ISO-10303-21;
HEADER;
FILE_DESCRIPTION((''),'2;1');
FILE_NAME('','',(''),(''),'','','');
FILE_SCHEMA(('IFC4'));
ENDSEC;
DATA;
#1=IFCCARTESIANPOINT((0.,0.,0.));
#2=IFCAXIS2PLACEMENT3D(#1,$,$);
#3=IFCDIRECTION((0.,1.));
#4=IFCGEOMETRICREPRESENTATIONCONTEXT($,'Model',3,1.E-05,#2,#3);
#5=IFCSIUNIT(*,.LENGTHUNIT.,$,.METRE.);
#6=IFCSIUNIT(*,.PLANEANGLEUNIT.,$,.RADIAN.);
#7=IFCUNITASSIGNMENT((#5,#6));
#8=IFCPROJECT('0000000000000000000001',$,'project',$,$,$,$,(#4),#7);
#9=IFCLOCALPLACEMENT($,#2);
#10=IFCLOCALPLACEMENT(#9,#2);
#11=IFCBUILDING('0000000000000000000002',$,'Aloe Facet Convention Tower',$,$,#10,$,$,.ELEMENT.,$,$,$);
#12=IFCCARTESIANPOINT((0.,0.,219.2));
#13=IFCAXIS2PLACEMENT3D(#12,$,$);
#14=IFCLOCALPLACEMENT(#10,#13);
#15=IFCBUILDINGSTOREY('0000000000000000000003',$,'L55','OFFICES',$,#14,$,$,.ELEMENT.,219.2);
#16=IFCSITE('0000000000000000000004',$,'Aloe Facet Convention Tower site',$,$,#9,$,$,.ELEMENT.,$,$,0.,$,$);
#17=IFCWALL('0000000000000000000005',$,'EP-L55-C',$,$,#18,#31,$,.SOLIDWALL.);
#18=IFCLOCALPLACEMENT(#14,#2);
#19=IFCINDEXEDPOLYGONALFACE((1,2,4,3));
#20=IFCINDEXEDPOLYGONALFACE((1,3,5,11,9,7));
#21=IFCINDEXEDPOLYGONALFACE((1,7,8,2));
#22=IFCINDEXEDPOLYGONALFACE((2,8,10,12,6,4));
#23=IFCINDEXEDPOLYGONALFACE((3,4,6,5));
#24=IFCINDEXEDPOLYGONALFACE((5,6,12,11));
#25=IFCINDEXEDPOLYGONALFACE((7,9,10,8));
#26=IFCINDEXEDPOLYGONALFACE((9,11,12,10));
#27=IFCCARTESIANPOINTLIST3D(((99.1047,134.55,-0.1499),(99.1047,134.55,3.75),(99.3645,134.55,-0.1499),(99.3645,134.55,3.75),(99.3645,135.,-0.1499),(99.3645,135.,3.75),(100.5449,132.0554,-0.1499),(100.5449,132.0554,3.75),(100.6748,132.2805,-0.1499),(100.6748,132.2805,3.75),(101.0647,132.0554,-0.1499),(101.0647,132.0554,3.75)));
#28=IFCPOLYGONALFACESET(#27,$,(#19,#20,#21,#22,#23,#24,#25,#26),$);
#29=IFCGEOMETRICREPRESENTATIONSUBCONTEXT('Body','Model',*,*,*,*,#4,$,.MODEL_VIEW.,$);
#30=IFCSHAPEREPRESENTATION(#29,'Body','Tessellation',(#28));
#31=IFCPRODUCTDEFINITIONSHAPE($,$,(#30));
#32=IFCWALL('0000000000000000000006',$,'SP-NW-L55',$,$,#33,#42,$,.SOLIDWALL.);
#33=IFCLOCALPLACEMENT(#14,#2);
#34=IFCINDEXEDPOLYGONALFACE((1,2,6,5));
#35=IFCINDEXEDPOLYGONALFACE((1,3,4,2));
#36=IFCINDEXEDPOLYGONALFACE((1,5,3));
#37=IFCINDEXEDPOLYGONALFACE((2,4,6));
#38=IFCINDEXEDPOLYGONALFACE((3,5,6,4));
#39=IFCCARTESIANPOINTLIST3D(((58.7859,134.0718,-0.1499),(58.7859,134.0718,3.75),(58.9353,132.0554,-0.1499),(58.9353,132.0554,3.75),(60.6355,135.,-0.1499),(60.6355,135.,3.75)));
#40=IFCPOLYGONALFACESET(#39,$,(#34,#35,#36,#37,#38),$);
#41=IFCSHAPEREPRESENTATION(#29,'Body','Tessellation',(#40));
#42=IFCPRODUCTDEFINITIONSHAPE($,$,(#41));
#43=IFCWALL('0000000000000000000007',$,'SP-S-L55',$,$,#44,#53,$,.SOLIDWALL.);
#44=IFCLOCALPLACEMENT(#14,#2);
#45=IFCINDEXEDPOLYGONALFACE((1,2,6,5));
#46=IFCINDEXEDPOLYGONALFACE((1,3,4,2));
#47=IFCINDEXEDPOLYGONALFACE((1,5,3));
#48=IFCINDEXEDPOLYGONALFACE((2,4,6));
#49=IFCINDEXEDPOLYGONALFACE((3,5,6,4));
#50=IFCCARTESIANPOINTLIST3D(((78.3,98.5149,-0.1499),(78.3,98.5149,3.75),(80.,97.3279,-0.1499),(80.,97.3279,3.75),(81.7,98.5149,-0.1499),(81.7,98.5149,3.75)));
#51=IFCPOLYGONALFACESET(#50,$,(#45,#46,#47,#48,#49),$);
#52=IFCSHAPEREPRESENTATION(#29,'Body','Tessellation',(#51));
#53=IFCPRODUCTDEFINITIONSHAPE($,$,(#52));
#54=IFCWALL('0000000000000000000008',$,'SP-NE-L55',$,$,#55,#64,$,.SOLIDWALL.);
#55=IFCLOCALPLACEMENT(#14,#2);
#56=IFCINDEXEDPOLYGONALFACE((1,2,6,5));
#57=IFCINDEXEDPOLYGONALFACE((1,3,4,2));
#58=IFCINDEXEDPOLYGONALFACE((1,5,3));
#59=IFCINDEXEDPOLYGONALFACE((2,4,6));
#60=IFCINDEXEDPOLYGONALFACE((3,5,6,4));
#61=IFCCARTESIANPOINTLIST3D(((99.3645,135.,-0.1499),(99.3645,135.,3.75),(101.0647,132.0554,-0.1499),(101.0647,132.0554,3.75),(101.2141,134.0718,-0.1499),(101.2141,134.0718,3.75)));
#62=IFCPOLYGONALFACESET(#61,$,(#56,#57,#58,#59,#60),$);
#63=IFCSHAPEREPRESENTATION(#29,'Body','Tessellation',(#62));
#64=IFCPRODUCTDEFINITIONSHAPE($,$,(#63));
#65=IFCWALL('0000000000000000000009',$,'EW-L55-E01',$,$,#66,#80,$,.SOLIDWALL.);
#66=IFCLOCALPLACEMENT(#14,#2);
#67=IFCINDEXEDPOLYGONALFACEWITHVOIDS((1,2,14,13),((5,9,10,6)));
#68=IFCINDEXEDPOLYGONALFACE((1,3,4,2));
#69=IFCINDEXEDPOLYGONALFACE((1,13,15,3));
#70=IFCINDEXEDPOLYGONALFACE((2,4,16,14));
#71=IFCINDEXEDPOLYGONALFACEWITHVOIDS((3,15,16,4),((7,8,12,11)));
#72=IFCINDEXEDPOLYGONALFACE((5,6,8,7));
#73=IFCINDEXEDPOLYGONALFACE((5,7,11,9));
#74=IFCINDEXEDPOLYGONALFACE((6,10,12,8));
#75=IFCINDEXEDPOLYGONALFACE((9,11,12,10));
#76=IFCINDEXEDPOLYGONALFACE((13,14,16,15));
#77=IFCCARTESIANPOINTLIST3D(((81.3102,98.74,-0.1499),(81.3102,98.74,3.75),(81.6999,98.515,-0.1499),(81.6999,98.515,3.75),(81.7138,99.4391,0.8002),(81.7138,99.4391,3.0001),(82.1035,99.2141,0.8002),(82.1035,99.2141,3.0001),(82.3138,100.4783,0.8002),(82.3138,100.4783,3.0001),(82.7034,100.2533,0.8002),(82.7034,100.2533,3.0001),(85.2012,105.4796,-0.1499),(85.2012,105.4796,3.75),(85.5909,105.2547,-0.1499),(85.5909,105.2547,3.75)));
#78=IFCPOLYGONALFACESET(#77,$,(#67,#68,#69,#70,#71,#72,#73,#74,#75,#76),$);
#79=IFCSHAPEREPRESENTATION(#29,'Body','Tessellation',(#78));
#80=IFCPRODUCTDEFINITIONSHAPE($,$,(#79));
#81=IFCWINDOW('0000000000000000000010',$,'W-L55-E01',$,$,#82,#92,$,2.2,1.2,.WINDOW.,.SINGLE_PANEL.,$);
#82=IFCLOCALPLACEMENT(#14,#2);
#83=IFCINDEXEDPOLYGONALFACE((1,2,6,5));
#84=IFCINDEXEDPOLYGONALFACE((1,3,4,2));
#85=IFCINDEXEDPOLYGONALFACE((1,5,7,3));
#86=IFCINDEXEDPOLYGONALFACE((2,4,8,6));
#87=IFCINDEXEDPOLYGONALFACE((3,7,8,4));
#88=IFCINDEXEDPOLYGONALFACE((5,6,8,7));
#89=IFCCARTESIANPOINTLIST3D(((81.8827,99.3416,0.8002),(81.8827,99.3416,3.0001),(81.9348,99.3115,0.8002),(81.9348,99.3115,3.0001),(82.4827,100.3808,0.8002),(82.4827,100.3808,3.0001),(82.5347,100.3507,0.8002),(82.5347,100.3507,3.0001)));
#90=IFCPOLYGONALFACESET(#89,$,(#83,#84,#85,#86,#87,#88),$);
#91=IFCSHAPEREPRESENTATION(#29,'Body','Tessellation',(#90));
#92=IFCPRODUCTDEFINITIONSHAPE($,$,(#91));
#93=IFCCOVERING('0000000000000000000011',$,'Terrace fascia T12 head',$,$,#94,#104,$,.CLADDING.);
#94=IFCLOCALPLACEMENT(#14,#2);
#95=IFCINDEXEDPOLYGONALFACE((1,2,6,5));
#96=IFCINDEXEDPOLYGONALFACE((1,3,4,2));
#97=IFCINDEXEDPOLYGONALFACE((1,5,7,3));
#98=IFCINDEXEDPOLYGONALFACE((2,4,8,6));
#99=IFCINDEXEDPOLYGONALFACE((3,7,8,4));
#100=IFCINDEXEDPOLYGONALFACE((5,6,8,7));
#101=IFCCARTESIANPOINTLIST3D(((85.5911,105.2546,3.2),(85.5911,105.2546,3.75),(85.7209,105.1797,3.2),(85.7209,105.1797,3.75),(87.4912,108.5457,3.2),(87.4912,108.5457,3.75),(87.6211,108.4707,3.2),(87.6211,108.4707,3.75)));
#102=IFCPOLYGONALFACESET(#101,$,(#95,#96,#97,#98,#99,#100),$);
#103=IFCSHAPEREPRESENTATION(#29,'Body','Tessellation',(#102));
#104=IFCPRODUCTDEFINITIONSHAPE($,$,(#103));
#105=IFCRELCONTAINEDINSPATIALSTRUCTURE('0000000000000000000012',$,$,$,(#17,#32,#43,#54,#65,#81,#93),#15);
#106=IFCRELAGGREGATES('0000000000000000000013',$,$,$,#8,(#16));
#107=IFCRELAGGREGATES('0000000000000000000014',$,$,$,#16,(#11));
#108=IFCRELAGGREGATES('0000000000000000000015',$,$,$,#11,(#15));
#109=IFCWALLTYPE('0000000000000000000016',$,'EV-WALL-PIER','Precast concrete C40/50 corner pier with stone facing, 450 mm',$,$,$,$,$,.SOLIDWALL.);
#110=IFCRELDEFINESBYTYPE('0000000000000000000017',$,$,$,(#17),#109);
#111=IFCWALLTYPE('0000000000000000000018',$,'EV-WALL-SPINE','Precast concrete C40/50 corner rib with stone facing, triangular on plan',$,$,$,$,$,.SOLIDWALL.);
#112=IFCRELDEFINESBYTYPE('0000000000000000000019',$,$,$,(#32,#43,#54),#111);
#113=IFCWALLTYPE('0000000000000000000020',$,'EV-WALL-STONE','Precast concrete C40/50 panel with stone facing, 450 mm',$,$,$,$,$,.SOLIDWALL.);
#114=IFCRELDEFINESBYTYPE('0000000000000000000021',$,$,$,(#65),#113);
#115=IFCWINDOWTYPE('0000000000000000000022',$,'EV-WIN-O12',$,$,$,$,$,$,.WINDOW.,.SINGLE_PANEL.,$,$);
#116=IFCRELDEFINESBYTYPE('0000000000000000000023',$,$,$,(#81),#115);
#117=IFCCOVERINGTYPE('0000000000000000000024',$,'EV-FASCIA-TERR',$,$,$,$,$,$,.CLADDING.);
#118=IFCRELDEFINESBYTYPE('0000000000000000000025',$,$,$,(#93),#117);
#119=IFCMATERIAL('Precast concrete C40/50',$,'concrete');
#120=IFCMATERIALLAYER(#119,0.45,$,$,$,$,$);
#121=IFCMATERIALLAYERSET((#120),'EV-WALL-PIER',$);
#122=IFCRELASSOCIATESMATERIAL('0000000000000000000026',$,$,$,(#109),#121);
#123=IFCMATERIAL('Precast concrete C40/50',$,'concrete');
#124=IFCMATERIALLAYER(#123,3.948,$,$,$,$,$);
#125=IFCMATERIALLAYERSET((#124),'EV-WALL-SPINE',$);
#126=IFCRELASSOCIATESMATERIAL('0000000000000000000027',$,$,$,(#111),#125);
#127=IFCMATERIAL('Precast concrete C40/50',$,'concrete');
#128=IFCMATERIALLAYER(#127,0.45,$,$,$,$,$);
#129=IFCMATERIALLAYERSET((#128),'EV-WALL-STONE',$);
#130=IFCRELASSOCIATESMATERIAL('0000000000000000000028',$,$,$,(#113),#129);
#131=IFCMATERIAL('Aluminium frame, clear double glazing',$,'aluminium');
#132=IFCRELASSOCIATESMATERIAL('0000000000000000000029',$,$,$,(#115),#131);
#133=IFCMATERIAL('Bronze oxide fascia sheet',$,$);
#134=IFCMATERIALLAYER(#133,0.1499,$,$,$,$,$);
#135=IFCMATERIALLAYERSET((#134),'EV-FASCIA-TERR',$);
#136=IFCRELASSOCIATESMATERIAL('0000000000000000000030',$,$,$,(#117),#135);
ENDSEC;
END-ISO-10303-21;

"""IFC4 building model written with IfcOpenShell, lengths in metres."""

from ifc_helpers import new_model, si_unit, direction, frame, frame_2d, origin, place, context, subcontext, project, spatial, polyline, rectangle, outline, extrude, material, layer, layer_set, type_object, element, fill, save


model = new_model("IFC4")

# Units and contexts
model_context = context("Model", 3, precision=1e-05, world=origin(), true_north=direction((0.0, 1.0)))
body_context = subcontext(model_context, "Body", "Model", "MODEL_VIEW")
ifc_project = project(units=[si_unit("LENGTHUNIT", "METRE"), si_unit("PLANEANGLEUNIT", "RADIAN")], contexts=[model_context])

# Site, building, storey
site_placement = place(None, origin())
site = spatial("IfcSite", under=ifc_project, at=site_placement, Name="Aloe Facet Convention Tower site", CompositionType="ELEMENT", RefElevation=0.0)
building_placement = place(site_placement, origin())
building = spatial("IfcBuilding", under=site, at=building_placement, Name="Aloe Facet Convention Tower", CompositionType="ELEMENT")
storey_placement = place(building_placement, frame((0.0, 0.0, 219.2)))
storey = spatial("IfcBuildingStorey", under=building, at=storey_placement, Name="L55", Description="OFFICES", CompositionType="ELEMENT", Elevation=219.2)

# Walls
ifc_material_1 = material(Name="Precast concrete C40/50", Category="concrete")
ifc_layer_1 = layer(ifc_material_1, 0.45)
ifc_layer_set_1 = layer_set([ifc_layer_1], Name="EV-WALL-PIER")
wall_type_1 = type_object("IfcWallType", Name="EV-WALL-PIER", Description="Precast concrete C40/50 corner pier with stone facing, 450 mm", PredefinedType="SOLIDWALL", material=ifc_layer_set_1)
wall_1_placement = place(storey_placement, frame((0.0, 0.0, -0.1499)))
element("IfcWall", 1, at=wall_1_placement, inside=storey, type_object=wall_type_1, Name="EP-L55-C", PredefinedType="SOLIDWALL", context=body_context, shape_type="SweptSolid", body=[
    extrude(outline(polyline([(101.0647, 132.0554), (100.6748, 132.2805), (100.5449, 132.0554), (99.1047, 134.55), (99.3645, 134.55), (99.3645, 135.0), (101.0647, 132.0554)])), origin(), (0.0, 0.0, 1.0), 3.8999),
])
ifc_material_2 = material(Name="Precast concrete C40/50", Category="concrete")
ifc_layer_2 = layer(ifc_material_2, 3.948)
ifc_layer_set_2 = layer_set([ifc_layer_2], Name="EV-WALL-SPINE")
wall_type_2 = type_object("IfcWallType", Name="EV-WALL-SPINE", Description="Precast concrete C40/50 corner rib with stone facing, triangular on plan", PredefinedType="SOLIDWALL", material=ifc_layer_set_2)
wall_2_placement = place(storey_placement, frame((0.0, 0.0, -0.1499)))
element("IfcWall", 2, at=wall_2_placement, inside=storey, type_object=wall_type_2, Name="SP-NW-L55", PredefinedType="SOLIDWALL", context=body_context, shape_type="SweptSolid", body=[
    extrude(outline(polyline([(60.6355, 135.0), (58.7859, 134.0718), (58.9353, 132.0554), (60.6355, 135.0)])), origin(), (0.0, 0.0, 1.0), 3.8999),
])
wall_3_placement = place(storey_placement, frame((0.0, 0.0, -0.1499)))
element("IfcWall", 3, at=wall_3_placement, inside=storey, type_object=wall_type_2, Name="SP-S-L55", PredefinedType="SOLIDWALL", context=body_context, shape_type="SweptSolid", body=[
    extrude(outline(polyline([(78.3, 98.5149), (80.0, 97.3279), (81.7, 98.5149), (78.3, 98.5149)])), origin(), (0.0, 0.0, 1.0), 3.8999),
])
wall_4_placement = place(storey_placement, frame((0.0, 0.0, -0.1499)))
element("IfcWall", 4, at=wall_4_placement, inside=storey, type_object=wall_type_2, Name="SP-NE-L55", PredefinedType="SOLIDWALL", context=body_context, shape_type="SweptSolid", body=[
    extrude(outline(polyline([(101.0647, 132.0554), (101.2141, 134.0718), (99.3645, 135.0), (101.0647, 132.0554)])), origin(), (0.0, 0.0, 1.0), 3.8999),
])

# Wall, opening, window
ifc_material_3 = material(Name="Precast concrete C40/50", Category="concrete")
ifc_layer_3 = layer(ifc_material_3, 0.45)
ifc_layer_set_3 = layer_set([ifc_layer_3], Name="EV-WALL-STONE")
wall_type_3 = type_object("IfcWallType", Name="EV-WALL-STONE", Description="Precast concrete C40/50 panel with stone facing, 450 mm", PredefinedType="SOLIDWALL", material=ifc_layer_set_3)
wall_5_placement = place(storey_placement, frame((81.5051, 98.6274, -0.1499), z_axis=(0.0, 0.0, 1.0), x_axis=(0.499992, 0.86603, 0.0)))
wall_5 = element("IfcWall", 5, at=wall_5_placement, inside=storey, type_object=wall_type_3, Name="EW-L55-E01", PredefinedType="SOLIDWALL", context=body_context, shape_type="SweptSolid", body=[
    extrude(outline(polyline([(0.0, 0.0), (0.0, 3.8999), (7.7822, 3.8999), (7.7822, 0.0), (0.0, 0.0)])), frame((0.0, 0.2251, 0.0), z_axis=(0.0, -1.0, 0.0), x_axis=(1.0, 0.0, 0.0)), (0.0, 0.0, 1.0), 0.45),
])
opening_placement = place(wall_5_placement, frame((0.8071, 0.0, 0.95)))
opening = element("IfcOpeningElement", 6, at=opening_placement, cuts=wall_5, PredefinedType="OPENING", context=body_context, shape_type="SweptSolid", body=[
    extrude(rectangle(XDim=1.2, YDim=2.2, at=frame_2d((0.6001, 1.1001))), frame((0.0, 0.2349, 0.0), z_axis=(0.0, -1.0, 0.0), x_axis=(1.0, 0.0, 0.0)), (0.0, 0.0, 1.0), 0.47),
])
ifc_material_4 = material(Name="Aluminium frame, clear double glazing", Category="aluminium")
window_type = type_object("IfcWindowType", Name="EV-WIN-O12", PartitioningType="SINGLE_PANEL", PredefinedType="WINDOW", material=ifc_material_4)
window_placement = place(opening_placement, origin())
window = element("IfcWindow", 7, at=window_placement, inside=storey, type_object=window_type, Name="W-L55-E01", OverallHeight=2.2, OverallWidth=1.2, PartitioningType="SINGLE_PANEL", PredefinedType="WINDOW", context=body_context, shape_type="SweptSolid", body=[
    extrude(rectangle(XDim=1.2, YDim=2.2, at=frame_2d((0.6001, 1.1001))), frame((0.0, 0.03, 0.0), z_axis=(0.0, -1.0, 0.0), x_axis=(1.0, 0.0, 0.0)), (0.0, 0.0, 1.0), 0.0601),
])
fill(opening, window)

# Covering
ifc_material_5 = material(Name="Bronze oxide fascia sheet")
ifc_layer_4 = layer(ifc_material_5, 0.1499)
ifc_layer_set_4 = layer_set([ifc_layer_4], Name="EV-FASCIA-TERR")
covering_type = type_object("IfcCoveringType", Name="EV-FASCIA-TERR", PredefinedType="CLADDING", material=ifc_layer_set_4)
covering_placement = place(storey_placement, frame((0.0, 0.0, 3.2)))
element("IfcCovering", 8, at=covering_placement, inside=storey, type_object=covering_type, Name="Terrace fascia T12 head", PredefinedType="CLADDING", context=body_context, shape_type="SweptSolid", body=[
    extrude(outline(polyline([(85.7209, 105.1797), (87.6211, 108.4707), (87.4912, 108.5457), (85.5911, 105.2546), (85.7209, 105.1797)])), origin(), (0.0, 0.0, 1.0), 0.55),
])

save(model, "model.ifc")
